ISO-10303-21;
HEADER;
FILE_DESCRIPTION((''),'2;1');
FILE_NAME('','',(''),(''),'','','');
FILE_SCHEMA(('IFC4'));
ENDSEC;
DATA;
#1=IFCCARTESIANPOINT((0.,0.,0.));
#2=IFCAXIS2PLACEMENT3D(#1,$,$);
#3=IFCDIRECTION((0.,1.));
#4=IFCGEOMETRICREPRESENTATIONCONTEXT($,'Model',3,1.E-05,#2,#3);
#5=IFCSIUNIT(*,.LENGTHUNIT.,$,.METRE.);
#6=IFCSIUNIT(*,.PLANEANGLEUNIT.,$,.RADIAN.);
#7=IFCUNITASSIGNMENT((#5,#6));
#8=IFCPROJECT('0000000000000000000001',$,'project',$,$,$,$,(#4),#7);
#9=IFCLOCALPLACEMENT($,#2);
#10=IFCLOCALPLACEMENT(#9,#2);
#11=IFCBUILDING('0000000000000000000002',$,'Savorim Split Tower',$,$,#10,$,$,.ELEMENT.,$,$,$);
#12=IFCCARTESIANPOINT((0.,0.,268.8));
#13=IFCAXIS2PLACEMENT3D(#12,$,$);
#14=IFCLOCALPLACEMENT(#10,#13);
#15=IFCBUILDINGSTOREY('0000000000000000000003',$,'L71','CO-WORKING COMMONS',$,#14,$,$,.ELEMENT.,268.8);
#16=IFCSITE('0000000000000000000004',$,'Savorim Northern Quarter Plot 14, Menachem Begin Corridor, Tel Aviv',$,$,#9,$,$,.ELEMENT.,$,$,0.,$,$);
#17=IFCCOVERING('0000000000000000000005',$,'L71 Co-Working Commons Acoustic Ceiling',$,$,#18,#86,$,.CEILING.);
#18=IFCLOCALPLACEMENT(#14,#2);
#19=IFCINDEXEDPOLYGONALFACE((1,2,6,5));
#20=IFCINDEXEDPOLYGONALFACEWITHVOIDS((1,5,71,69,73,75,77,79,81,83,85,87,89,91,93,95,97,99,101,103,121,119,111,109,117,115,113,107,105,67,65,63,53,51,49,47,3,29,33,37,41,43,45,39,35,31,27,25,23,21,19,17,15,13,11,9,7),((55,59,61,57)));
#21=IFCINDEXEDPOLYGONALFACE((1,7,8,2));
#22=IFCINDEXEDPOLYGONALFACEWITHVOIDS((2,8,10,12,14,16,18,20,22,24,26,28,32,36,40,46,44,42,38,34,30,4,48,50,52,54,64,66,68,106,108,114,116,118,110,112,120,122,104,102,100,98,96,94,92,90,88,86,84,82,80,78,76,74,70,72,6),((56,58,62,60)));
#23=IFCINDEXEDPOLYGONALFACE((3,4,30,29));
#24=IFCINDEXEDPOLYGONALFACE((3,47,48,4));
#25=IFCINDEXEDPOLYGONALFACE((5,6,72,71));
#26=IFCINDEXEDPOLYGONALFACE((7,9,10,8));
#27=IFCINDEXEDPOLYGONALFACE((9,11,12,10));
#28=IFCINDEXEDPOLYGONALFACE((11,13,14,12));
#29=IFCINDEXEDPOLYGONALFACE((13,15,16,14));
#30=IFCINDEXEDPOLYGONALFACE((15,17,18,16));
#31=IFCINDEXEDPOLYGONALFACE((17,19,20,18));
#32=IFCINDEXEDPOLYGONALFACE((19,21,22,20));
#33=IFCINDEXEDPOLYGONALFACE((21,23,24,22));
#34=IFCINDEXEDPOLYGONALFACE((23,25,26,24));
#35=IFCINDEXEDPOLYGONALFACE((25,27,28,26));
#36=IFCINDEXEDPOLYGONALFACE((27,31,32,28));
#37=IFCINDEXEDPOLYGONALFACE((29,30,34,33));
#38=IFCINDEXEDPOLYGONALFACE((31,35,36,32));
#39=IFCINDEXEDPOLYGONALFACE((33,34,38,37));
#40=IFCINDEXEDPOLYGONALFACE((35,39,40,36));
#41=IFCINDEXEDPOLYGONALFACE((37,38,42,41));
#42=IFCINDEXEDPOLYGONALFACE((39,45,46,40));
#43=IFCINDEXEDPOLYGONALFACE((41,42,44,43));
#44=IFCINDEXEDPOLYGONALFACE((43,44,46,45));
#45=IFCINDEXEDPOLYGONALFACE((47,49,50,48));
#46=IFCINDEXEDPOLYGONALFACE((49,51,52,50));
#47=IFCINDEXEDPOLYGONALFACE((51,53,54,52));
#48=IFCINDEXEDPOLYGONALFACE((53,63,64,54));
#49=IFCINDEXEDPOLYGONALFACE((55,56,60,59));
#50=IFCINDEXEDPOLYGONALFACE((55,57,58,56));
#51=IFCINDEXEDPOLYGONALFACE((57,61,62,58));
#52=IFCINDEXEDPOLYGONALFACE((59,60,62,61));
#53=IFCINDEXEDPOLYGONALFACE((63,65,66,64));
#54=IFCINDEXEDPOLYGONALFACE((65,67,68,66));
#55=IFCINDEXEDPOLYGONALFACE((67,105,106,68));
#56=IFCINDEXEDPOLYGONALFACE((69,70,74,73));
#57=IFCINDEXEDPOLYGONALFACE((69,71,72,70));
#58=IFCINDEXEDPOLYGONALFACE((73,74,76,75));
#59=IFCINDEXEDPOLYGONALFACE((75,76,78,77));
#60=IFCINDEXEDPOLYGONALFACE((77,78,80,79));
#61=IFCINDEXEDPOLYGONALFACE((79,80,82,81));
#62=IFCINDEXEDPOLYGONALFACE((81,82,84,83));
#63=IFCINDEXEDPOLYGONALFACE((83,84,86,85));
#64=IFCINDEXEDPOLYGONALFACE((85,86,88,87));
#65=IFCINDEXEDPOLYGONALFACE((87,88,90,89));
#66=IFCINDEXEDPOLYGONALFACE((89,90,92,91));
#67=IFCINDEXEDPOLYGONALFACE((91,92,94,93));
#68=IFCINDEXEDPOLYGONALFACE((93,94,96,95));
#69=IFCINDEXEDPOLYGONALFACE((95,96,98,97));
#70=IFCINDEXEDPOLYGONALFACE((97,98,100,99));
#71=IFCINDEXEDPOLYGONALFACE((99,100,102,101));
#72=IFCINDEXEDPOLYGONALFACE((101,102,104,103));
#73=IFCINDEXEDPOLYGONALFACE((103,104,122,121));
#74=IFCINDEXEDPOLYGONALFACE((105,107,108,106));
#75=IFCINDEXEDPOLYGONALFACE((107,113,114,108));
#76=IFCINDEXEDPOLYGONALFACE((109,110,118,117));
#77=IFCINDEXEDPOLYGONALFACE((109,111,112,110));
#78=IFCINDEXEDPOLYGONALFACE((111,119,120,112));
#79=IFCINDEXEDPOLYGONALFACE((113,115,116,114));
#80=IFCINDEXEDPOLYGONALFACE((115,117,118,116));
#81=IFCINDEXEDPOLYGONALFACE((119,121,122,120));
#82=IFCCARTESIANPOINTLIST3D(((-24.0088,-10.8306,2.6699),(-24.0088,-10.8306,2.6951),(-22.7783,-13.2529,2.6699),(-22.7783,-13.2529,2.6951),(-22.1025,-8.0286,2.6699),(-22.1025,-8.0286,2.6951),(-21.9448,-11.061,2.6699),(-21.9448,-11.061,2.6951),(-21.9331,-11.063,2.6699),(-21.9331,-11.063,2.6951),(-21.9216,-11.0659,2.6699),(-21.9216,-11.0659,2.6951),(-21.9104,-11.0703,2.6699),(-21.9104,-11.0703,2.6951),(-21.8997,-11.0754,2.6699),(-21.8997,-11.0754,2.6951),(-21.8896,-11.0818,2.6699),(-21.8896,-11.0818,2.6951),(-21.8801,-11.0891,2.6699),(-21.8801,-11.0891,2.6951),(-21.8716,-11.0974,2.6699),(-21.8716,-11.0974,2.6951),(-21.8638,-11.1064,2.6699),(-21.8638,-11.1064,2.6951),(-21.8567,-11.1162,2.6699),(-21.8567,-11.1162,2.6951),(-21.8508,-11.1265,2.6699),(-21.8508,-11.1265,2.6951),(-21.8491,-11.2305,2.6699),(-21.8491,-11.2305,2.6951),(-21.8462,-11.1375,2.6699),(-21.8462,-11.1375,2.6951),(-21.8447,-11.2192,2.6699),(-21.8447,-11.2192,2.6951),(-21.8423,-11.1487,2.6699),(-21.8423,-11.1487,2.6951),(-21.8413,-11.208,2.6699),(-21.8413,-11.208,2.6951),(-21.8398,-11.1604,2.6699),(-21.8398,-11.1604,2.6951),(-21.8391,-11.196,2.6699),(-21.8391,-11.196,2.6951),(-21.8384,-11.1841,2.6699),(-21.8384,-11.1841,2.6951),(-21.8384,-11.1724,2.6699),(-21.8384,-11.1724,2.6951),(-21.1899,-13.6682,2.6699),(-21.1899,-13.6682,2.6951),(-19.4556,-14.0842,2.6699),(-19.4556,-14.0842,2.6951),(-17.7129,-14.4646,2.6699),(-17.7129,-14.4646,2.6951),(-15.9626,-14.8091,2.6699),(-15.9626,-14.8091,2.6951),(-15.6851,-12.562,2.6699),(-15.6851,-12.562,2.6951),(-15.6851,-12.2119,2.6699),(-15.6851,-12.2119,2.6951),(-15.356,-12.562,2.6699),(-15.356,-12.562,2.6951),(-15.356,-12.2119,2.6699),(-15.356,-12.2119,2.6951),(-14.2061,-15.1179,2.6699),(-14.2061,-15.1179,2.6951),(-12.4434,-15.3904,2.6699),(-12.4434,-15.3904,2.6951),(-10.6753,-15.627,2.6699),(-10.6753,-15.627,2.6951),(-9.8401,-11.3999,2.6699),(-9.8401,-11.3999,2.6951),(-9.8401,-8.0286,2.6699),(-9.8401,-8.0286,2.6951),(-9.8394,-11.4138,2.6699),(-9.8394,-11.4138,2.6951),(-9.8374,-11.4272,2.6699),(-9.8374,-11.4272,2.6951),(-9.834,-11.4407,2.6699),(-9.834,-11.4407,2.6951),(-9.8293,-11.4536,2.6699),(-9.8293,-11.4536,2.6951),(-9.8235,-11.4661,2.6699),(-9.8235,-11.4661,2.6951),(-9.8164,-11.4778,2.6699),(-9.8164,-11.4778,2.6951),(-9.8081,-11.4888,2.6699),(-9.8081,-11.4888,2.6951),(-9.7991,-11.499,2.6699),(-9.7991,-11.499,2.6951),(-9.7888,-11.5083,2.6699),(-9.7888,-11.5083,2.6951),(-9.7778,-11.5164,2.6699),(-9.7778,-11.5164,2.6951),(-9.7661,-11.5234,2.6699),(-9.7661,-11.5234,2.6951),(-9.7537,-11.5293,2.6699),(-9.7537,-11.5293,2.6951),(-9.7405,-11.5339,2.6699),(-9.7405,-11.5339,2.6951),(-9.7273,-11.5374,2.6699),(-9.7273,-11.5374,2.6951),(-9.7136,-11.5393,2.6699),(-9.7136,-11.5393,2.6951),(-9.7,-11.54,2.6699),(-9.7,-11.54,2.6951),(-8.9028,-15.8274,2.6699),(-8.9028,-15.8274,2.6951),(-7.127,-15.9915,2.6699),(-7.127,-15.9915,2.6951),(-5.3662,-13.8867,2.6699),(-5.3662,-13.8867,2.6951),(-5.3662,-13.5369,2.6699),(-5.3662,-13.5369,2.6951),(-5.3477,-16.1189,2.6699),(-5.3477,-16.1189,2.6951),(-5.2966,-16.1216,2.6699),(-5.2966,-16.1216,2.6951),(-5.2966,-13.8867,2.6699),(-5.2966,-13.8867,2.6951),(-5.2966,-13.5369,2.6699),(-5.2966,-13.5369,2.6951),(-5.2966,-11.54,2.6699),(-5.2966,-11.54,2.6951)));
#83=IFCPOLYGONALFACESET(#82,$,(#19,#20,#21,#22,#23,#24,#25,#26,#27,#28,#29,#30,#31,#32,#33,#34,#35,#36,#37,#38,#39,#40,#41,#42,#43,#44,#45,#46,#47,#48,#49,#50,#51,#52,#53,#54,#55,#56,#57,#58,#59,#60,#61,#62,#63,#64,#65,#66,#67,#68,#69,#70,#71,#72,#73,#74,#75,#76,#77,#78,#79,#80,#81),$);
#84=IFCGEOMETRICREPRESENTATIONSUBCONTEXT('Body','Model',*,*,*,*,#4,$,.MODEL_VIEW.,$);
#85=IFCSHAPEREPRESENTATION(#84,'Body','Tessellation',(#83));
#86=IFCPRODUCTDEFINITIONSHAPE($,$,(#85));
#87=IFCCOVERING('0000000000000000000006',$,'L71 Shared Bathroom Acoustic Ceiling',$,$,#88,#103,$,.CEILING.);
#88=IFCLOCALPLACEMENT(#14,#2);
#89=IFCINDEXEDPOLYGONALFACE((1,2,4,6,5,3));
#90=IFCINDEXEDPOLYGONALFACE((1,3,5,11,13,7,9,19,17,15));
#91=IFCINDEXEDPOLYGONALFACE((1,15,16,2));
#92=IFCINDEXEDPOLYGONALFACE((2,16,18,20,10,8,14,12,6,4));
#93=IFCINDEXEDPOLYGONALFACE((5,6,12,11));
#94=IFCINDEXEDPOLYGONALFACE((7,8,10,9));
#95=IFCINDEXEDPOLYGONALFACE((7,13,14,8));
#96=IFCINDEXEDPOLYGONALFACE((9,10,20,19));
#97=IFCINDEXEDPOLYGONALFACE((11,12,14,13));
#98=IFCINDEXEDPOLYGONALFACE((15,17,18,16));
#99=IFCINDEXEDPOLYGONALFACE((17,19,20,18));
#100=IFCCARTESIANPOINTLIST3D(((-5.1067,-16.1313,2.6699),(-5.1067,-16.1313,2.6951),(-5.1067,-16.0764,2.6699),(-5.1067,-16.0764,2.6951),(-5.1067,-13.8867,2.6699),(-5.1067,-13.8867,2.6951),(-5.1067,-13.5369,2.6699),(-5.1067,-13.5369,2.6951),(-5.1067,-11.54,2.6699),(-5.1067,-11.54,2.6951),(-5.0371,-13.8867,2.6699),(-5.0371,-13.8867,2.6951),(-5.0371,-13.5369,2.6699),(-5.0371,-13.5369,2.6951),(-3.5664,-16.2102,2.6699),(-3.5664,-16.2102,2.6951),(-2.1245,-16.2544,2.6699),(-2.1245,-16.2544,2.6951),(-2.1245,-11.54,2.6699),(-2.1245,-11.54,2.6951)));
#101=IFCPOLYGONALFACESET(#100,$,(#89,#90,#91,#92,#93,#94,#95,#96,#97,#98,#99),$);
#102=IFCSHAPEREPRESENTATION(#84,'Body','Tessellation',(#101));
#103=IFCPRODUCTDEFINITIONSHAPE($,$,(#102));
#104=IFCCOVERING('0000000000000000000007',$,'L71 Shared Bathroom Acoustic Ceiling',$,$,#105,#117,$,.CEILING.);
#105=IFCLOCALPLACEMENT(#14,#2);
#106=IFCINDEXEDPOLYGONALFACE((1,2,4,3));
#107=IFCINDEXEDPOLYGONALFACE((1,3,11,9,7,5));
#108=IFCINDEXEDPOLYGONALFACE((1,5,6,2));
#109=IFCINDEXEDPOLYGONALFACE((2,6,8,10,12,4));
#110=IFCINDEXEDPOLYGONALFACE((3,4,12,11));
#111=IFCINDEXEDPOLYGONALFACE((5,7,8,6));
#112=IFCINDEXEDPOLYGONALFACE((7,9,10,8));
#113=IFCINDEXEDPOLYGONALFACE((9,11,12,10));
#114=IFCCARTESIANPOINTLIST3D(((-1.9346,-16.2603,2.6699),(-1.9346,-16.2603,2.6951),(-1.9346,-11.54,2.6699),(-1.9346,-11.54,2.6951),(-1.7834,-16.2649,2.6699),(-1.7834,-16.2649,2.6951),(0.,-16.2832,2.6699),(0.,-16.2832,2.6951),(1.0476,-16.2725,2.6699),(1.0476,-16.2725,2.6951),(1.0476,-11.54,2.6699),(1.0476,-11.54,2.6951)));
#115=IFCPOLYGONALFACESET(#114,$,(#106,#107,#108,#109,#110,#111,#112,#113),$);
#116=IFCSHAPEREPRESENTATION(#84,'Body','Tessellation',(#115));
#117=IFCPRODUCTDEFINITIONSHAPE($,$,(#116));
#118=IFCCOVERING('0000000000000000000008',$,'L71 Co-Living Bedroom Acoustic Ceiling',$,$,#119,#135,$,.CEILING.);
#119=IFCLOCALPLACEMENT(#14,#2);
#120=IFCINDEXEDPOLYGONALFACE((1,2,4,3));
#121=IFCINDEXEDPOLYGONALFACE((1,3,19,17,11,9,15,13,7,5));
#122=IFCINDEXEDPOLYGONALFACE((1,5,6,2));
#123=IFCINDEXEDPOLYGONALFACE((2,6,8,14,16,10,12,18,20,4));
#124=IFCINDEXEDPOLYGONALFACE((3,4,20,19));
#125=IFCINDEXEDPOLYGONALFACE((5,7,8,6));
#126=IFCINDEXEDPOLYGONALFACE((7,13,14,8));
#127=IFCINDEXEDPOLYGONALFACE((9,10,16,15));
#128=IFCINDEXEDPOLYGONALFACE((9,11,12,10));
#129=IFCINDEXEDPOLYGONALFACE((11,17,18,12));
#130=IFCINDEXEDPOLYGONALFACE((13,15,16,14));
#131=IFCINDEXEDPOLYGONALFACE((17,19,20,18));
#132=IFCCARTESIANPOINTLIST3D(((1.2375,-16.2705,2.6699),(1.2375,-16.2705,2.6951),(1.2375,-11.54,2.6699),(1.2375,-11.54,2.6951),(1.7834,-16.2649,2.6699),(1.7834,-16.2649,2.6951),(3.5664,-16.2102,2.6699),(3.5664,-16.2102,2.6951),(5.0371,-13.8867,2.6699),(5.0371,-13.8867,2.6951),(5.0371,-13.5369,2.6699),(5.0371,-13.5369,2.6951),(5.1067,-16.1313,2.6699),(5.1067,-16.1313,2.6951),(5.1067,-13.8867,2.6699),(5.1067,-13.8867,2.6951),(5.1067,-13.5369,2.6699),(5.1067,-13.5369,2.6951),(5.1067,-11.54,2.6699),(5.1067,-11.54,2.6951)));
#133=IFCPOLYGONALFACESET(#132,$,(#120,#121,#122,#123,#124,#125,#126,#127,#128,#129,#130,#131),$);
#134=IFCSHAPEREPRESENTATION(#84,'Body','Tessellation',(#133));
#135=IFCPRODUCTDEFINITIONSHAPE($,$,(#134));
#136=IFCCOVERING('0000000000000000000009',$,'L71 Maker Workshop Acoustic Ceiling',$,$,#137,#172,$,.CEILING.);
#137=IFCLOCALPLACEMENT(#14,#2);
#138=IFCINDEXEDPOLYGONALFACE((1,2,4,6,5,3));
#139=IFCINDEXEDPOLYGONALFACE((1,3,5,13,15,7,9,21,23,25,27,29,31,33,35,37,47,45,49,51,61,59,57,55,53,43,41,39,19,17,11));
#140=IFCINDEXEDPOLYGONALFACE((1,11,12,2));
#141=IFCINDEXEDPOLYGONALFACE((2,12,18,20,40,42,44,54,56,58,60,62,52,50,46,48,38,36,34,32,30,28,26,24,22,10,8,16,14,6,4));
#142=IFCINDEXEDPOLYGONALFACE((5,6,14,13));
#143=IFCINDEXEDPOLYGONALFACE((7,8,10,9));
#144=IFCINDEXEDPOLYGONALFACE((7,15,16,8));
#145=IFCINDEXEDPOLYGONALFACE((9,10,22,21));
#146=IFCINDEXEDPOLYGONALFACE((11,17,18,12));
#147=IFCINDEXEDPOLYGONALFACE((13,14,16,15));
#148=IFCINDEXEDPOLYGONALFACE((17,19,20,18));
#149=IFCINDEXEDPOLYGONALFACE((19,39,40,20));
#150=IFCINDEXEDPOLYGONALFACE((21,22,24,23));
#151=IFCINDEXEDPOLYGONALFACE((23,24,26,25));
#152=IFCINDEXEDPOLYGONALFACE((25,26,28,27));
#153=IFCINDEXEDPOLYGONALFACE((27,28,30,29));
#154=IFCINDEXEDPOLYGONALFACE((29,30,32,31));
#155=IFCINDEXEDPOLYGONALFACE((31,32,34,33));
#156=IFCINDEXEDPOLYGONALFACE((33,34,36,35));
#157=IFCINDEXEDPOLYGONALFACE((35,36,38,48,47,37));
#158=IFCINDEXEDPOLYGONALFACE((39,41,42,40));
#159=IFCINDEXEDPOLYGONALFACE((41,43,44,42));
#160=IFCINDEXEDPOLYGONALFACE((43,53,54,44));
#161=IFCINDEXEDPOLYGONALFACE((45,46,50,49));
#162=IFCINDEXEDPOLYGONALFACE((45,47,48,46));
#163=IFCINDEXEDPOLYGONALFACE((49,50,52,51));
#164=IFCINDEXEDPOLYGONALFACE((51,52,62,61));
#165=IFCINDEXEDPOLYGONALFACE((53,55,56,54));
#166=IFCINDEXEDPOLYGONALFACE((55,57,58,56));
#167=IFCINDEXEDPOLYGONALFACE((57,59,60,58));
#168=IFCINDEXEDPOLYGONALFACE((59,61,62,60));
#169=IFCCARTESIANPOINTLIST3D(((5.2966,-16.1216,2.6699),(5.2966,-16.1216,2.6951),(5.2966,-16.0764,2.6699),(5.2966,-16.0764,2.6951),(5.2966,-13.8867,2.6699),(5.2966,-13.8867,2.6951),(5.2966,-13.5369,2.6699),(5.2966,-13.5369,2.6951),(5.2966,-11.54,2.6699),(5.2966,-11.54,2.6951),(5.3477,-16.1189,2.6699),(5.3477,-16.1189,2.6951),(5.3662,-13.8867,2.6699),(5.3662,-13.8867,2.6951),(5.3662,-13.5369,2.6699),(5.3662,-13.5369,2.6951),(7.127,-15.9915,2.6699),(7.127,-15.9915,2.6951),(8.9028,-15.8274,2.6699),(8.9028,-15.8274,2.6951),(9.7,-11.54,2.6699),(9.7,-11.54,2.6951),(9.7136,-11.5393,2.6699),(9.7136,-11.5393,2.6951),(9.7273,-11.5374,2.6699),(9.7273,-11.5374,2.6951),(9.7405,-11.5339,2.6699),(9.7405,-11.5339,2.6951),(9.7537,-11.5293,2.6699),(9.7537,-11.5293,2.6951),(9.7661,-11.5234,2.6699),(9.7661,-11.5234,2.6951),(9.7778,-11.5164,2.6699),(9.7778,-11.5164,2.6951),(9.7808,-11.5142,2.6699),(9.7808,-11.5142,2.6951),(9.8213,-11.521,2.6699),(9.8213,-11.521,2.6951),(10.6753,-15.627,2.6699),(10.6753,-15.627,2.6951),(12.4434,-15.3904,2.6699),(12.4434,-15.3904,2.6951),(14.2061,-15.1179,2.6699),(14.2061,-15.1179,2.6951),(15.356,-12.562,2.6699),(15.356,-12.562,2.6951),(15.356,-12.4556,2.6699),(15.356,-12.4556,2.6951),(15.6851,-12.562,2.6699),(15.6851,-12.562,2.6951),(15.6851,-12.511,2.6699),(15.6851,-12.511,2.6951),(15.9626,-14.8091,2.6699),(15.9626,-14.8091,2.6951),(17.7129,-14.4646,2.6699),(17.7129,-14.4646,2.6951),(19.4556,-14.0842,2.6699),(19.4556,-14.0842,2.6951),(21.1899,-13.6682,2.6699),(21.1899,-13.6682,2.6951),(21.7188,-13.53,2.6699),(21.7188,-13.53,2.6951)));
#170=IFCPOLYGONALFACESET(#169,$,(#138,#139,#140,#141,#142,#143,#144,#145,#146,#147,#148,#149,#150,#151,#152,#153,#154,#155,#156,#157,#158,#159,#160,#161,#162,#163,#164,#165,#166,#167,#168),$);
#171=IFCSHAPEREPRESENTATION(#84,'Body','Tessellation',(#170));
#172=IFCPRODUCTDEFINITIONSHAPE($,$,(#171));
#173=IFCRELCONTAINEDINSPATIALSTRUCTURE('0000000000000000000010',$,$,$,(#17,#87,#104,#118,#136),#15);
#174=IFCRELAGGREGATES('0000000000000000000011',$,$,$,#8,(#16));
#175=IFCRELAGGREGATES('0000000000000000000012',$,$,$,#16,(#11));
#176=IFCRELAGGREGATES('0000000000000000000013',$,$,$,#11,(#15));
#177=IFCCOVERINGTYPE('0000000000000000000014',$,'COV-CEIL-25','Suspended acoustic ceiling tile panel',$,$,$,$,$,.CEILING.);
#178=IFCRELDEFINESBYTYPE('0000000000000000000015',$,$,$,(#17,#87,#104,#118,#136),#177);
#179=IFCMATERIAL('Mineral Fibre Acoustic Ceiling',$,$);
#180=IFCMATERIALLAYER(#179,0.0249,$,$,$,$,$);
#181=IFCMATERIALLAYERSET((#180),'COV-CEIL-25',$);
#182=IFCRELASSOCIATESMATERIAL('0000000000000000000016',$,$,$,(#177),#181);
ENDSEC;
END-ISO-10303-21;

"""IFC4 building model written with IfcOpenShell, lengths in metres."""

from ifc_helpers import new_model, si_unit, direction, frame, origin, place, context, subcontext, project, spatial, polyline, outline, extrude, material, layer, layer_set, type_object, element, save


model = new_model("IFC4")

# Units and contexts
model_context = context("Model", 3, precision=1e-05, world=origin(), true_north=direction((0.0, 1.0)))
body_context = subcontext(model_context, "Body", "Model", "MODEL_VIEW")
ifc_project = project(units=[si_unit("LENGTHUNIT", "METRE"), si_unit("PLANEANGLEUNIT", "RADIAN")], contexts=[model_context])

# Site, building, storey
site_placement = place(None, origin())
site = spatial("IfcSite", under=ifc_project, at=site_placement, Name="Savorim Northern Quarter Plot 14, Menachem Begin Corridor, Tel Aviv", CompositionType="ELEMENT", RefElevation=0.0)
building_placement = place(site_placement, origin())
building = spatial("IfcBuilding", under=site, at=building_placement, Name="Savorim Split Tower", CompositionType="ELEMENT")
storey_placement = place(building_placement, frame((0.0, 0.0, 268.8)))
storey = spatial("IfcBuildingStorey", under=building, at=storey_placement, Name="L71", Description="CO-WORKING COMMONS", CompositionType="ELEMENT", Elevation=268.8)

# Coverings
ifc_material_1 = material(Name="Mineral Fibre Acoustic Ceiling")
ifc_layer_1 = layer(ifc_material_1, 0.0249)
ifc_layer_set_1 = layer_set([ifc_layer_1], Name="COV-CEIL-25")
covering_type_1 = type_object("IfcCoveringType", Name="COV-CEIL-25", Description="Suspended acoustic ceiling tile panel", PredefinedType="CEILING", material=ifc_layer_set_1)
covering_1_placement = place(storey_placement, frame((0.0, 0.0, 2.6699)))
element("IfcCovering", 1, at=covering_1_placement, inside=storey, type_object=covering_type_1, Name="L71 Co-Working Commons Acoustic Ceiling", PredefinedType="CEILING", context=body_context, shape_type="SweptSolid", body=[
    extrude(outline(polyline([(-21.8384, -11.1841), (-21.8391, -11.196), (-21.8413, -11.208), (-21.8447, -11.2192), (-21.8491, -11.2305), (-22.7783, -13.2529), (-21.1899, -13.6682), (-19.4556, -14.0842), (-17.7129, -14.4646), (-15.9626, -14.8091), (-14.2061, -15.1179), (-12.4434, -15.3904), (-10.6753, -15.627), (-8.9028, -15.8274), (-7.127, -15.9915), (-5.3477, -16.1189), (-5.2966, -16.1216), (-5.2966, -13.8867), (-5.3662, -13.8867), (-5.3662, -13.5369), (-5.2966, -13.5369), (-5.2966, -11.54), (-9.7, -11.54), (-9.7136, -11.5393), (-9.7273, -11.5374), (-9.7405, -11.5339), (-9.7537, -11.5293), (-9.7661, -11.5234), (-9.7778, -11.5164), (-9.7888, -11.5083), (-9.7991, -11.499), (-9.8081, -11.4888), (-9.8164, -11.4778), (-9.8235, -11.4661), (-9.8293, -11.4536), (-9.834, -11.4407), (-9.8374, -11.4272), (-9.8394, -11.4138), (-9.8401, -11.3999), (-9.8401, -8.0286), (-22.1025, -8.0286), (-24.0088, -10.8306), (-21.9448, -11.061), (-21.9331, -11.063), (-21.9216, -11.0659), (-21.9104, -11.0703), (-21.8997, -11.0754), (-21.8896, -11.0818), (-21.8801, -11.0891), (-21.8716, -11.0974), (-21.8638, -11.1064), (-21.8567, -11.1162), (-21.8508, -11.1265), (-21.8462, -11.1375), (-21.8423, -11.1487), (-21.8398, -11.1604), (-21.8384, -11.1724), (-21.8384, -11.1841)]), holes=[polyline([(-15.6851, -12.562), (-15.356, -12.562), (-15.356, -12.2119), (-15.6851, -12.2119), (-15.6851, -12.562)])]), origin(), (0.0, 0.0, 1.0), 0.0251),
])
covering_2_placement = place(storey_placement, frame((0.0, 0.0, 2.6699)))
element("IfcCovering", 2, at=covering_2_placement, inside=storey, type_object=covering_type_1, Name="L71 Shared Bathroom Acoustic Ceiling", PredefinedType="CEILING", context=body_context, shape_type="SweptSolid", body=[
    extrude(outline(polyline([(-5.1067, -16.0764), (-5.1067, -16.1313), (-3.5664, -16.2102), (-2.1245, -16.2544), (-2.1245, -11.54), (-5.1067, -11.54), (-5.1067, -13.5369), (-5.0371, -13.5369), (-5.0371, -13.8867), (-5.1067, -13.8867), (-5.1067, -16.0764)])), origin(), (0.0, 0.0, 1.0), 0.0251),
])
covering_3_placement = place(storey_placement, frame((0.0, 0.0, 2.6699)))
element("IfcCovering", 3, at=covering_3_placement, inside=storey, type_object=covering_type_1, Name="L71 Shared Bathroom Acoustic Ceiling", PredefinedType="CEILING", context=body_context, shape_type="SweptSolid", body=[
    extrude(outline(polyline([(-1.9346, -16.2603), (-1.7834, -16.2649), (0.0, -16.2832), (1.0476, -16.2725), (1.0476, -11.54), (-1.9346, -11.54), (-1.9346, -16.2603)])), origin(), (0.0, 0.0, 1.0), 0.0251),
])
covering_4_placement = place(storey_placement, frame((0.0, 0.0, 2.6699)))
element("IfcCovering", 4, at=covering_4_placement, inside=storey, type_object=covering_type_1, Name="L71 Co-Living Bedroom Acoustic Ceiling", PredefinedType="CEILING", context=body_context, shape_type="SweptSolid", body=[
    extrude(outline(polyline([(1.2375, -11.54), (1.2375, -16.2705), (1.7834, -16.2649), (3.5664, -16.2102), (5.1067, -16.1313), (5.1067, -13.8867), (5.0371, -13.8867), (5.0371, -13.5369), (5.1067, -13.5369), (5.1067, -11.54), (1.2375, -11.54)])), origin(), (0.0, 0.0, 1.0), 0.0251),
])
covering_5_placement = place(storey_placement, frame((0.0, 0.0, 2.6699)))
element("IfcCovering", 5, at=covering_5_placement, inside=storey, type_object=covering_type_1, Name="L71 Maker Workshop Acoustic Ceiling", PredefinedType="CEILING", context=body_context, shape_type="SweptSolid", body=[
    extrude(outline(polyline([(15.9626, -14.8091), (17.7129, -14.4646), (19.4556, -14.0842), (21.1899, -13.6682), (21.7188, -13.53), (15.6851, -12.511), (15.6851, -12.562), (15.356, -12.562), (15.356, -12.4556), (9.8213, -11.521), (9.7808, -11.5142), (9.7778, -11.5164), (9.7661, -11.5234), (9.7537, -11.5293), (9.7405, -11.5339), (9.7273, -11.5374), (9.7136, -11.5393), (9.7, -11.54), (5.2966, -11.54), (5.2966, -13.5369), (5.3662, -13.5369), (5.3662, -13.8867), (5.2966, -13.8867), (5.2966, -16.0764), (5.2966, -16.1216), (5.3477, -16.1189), (7.127, -15.9915), (8.9028, -15.8274), (10.6753, -15.627), (12.4434, -15.3904), (14.2061, -15.1179), (15.9626, -14.8091)])), origin(), (0.0, 0.0, 1.0), 0.0251),
])

save(model, "model.ifc")
